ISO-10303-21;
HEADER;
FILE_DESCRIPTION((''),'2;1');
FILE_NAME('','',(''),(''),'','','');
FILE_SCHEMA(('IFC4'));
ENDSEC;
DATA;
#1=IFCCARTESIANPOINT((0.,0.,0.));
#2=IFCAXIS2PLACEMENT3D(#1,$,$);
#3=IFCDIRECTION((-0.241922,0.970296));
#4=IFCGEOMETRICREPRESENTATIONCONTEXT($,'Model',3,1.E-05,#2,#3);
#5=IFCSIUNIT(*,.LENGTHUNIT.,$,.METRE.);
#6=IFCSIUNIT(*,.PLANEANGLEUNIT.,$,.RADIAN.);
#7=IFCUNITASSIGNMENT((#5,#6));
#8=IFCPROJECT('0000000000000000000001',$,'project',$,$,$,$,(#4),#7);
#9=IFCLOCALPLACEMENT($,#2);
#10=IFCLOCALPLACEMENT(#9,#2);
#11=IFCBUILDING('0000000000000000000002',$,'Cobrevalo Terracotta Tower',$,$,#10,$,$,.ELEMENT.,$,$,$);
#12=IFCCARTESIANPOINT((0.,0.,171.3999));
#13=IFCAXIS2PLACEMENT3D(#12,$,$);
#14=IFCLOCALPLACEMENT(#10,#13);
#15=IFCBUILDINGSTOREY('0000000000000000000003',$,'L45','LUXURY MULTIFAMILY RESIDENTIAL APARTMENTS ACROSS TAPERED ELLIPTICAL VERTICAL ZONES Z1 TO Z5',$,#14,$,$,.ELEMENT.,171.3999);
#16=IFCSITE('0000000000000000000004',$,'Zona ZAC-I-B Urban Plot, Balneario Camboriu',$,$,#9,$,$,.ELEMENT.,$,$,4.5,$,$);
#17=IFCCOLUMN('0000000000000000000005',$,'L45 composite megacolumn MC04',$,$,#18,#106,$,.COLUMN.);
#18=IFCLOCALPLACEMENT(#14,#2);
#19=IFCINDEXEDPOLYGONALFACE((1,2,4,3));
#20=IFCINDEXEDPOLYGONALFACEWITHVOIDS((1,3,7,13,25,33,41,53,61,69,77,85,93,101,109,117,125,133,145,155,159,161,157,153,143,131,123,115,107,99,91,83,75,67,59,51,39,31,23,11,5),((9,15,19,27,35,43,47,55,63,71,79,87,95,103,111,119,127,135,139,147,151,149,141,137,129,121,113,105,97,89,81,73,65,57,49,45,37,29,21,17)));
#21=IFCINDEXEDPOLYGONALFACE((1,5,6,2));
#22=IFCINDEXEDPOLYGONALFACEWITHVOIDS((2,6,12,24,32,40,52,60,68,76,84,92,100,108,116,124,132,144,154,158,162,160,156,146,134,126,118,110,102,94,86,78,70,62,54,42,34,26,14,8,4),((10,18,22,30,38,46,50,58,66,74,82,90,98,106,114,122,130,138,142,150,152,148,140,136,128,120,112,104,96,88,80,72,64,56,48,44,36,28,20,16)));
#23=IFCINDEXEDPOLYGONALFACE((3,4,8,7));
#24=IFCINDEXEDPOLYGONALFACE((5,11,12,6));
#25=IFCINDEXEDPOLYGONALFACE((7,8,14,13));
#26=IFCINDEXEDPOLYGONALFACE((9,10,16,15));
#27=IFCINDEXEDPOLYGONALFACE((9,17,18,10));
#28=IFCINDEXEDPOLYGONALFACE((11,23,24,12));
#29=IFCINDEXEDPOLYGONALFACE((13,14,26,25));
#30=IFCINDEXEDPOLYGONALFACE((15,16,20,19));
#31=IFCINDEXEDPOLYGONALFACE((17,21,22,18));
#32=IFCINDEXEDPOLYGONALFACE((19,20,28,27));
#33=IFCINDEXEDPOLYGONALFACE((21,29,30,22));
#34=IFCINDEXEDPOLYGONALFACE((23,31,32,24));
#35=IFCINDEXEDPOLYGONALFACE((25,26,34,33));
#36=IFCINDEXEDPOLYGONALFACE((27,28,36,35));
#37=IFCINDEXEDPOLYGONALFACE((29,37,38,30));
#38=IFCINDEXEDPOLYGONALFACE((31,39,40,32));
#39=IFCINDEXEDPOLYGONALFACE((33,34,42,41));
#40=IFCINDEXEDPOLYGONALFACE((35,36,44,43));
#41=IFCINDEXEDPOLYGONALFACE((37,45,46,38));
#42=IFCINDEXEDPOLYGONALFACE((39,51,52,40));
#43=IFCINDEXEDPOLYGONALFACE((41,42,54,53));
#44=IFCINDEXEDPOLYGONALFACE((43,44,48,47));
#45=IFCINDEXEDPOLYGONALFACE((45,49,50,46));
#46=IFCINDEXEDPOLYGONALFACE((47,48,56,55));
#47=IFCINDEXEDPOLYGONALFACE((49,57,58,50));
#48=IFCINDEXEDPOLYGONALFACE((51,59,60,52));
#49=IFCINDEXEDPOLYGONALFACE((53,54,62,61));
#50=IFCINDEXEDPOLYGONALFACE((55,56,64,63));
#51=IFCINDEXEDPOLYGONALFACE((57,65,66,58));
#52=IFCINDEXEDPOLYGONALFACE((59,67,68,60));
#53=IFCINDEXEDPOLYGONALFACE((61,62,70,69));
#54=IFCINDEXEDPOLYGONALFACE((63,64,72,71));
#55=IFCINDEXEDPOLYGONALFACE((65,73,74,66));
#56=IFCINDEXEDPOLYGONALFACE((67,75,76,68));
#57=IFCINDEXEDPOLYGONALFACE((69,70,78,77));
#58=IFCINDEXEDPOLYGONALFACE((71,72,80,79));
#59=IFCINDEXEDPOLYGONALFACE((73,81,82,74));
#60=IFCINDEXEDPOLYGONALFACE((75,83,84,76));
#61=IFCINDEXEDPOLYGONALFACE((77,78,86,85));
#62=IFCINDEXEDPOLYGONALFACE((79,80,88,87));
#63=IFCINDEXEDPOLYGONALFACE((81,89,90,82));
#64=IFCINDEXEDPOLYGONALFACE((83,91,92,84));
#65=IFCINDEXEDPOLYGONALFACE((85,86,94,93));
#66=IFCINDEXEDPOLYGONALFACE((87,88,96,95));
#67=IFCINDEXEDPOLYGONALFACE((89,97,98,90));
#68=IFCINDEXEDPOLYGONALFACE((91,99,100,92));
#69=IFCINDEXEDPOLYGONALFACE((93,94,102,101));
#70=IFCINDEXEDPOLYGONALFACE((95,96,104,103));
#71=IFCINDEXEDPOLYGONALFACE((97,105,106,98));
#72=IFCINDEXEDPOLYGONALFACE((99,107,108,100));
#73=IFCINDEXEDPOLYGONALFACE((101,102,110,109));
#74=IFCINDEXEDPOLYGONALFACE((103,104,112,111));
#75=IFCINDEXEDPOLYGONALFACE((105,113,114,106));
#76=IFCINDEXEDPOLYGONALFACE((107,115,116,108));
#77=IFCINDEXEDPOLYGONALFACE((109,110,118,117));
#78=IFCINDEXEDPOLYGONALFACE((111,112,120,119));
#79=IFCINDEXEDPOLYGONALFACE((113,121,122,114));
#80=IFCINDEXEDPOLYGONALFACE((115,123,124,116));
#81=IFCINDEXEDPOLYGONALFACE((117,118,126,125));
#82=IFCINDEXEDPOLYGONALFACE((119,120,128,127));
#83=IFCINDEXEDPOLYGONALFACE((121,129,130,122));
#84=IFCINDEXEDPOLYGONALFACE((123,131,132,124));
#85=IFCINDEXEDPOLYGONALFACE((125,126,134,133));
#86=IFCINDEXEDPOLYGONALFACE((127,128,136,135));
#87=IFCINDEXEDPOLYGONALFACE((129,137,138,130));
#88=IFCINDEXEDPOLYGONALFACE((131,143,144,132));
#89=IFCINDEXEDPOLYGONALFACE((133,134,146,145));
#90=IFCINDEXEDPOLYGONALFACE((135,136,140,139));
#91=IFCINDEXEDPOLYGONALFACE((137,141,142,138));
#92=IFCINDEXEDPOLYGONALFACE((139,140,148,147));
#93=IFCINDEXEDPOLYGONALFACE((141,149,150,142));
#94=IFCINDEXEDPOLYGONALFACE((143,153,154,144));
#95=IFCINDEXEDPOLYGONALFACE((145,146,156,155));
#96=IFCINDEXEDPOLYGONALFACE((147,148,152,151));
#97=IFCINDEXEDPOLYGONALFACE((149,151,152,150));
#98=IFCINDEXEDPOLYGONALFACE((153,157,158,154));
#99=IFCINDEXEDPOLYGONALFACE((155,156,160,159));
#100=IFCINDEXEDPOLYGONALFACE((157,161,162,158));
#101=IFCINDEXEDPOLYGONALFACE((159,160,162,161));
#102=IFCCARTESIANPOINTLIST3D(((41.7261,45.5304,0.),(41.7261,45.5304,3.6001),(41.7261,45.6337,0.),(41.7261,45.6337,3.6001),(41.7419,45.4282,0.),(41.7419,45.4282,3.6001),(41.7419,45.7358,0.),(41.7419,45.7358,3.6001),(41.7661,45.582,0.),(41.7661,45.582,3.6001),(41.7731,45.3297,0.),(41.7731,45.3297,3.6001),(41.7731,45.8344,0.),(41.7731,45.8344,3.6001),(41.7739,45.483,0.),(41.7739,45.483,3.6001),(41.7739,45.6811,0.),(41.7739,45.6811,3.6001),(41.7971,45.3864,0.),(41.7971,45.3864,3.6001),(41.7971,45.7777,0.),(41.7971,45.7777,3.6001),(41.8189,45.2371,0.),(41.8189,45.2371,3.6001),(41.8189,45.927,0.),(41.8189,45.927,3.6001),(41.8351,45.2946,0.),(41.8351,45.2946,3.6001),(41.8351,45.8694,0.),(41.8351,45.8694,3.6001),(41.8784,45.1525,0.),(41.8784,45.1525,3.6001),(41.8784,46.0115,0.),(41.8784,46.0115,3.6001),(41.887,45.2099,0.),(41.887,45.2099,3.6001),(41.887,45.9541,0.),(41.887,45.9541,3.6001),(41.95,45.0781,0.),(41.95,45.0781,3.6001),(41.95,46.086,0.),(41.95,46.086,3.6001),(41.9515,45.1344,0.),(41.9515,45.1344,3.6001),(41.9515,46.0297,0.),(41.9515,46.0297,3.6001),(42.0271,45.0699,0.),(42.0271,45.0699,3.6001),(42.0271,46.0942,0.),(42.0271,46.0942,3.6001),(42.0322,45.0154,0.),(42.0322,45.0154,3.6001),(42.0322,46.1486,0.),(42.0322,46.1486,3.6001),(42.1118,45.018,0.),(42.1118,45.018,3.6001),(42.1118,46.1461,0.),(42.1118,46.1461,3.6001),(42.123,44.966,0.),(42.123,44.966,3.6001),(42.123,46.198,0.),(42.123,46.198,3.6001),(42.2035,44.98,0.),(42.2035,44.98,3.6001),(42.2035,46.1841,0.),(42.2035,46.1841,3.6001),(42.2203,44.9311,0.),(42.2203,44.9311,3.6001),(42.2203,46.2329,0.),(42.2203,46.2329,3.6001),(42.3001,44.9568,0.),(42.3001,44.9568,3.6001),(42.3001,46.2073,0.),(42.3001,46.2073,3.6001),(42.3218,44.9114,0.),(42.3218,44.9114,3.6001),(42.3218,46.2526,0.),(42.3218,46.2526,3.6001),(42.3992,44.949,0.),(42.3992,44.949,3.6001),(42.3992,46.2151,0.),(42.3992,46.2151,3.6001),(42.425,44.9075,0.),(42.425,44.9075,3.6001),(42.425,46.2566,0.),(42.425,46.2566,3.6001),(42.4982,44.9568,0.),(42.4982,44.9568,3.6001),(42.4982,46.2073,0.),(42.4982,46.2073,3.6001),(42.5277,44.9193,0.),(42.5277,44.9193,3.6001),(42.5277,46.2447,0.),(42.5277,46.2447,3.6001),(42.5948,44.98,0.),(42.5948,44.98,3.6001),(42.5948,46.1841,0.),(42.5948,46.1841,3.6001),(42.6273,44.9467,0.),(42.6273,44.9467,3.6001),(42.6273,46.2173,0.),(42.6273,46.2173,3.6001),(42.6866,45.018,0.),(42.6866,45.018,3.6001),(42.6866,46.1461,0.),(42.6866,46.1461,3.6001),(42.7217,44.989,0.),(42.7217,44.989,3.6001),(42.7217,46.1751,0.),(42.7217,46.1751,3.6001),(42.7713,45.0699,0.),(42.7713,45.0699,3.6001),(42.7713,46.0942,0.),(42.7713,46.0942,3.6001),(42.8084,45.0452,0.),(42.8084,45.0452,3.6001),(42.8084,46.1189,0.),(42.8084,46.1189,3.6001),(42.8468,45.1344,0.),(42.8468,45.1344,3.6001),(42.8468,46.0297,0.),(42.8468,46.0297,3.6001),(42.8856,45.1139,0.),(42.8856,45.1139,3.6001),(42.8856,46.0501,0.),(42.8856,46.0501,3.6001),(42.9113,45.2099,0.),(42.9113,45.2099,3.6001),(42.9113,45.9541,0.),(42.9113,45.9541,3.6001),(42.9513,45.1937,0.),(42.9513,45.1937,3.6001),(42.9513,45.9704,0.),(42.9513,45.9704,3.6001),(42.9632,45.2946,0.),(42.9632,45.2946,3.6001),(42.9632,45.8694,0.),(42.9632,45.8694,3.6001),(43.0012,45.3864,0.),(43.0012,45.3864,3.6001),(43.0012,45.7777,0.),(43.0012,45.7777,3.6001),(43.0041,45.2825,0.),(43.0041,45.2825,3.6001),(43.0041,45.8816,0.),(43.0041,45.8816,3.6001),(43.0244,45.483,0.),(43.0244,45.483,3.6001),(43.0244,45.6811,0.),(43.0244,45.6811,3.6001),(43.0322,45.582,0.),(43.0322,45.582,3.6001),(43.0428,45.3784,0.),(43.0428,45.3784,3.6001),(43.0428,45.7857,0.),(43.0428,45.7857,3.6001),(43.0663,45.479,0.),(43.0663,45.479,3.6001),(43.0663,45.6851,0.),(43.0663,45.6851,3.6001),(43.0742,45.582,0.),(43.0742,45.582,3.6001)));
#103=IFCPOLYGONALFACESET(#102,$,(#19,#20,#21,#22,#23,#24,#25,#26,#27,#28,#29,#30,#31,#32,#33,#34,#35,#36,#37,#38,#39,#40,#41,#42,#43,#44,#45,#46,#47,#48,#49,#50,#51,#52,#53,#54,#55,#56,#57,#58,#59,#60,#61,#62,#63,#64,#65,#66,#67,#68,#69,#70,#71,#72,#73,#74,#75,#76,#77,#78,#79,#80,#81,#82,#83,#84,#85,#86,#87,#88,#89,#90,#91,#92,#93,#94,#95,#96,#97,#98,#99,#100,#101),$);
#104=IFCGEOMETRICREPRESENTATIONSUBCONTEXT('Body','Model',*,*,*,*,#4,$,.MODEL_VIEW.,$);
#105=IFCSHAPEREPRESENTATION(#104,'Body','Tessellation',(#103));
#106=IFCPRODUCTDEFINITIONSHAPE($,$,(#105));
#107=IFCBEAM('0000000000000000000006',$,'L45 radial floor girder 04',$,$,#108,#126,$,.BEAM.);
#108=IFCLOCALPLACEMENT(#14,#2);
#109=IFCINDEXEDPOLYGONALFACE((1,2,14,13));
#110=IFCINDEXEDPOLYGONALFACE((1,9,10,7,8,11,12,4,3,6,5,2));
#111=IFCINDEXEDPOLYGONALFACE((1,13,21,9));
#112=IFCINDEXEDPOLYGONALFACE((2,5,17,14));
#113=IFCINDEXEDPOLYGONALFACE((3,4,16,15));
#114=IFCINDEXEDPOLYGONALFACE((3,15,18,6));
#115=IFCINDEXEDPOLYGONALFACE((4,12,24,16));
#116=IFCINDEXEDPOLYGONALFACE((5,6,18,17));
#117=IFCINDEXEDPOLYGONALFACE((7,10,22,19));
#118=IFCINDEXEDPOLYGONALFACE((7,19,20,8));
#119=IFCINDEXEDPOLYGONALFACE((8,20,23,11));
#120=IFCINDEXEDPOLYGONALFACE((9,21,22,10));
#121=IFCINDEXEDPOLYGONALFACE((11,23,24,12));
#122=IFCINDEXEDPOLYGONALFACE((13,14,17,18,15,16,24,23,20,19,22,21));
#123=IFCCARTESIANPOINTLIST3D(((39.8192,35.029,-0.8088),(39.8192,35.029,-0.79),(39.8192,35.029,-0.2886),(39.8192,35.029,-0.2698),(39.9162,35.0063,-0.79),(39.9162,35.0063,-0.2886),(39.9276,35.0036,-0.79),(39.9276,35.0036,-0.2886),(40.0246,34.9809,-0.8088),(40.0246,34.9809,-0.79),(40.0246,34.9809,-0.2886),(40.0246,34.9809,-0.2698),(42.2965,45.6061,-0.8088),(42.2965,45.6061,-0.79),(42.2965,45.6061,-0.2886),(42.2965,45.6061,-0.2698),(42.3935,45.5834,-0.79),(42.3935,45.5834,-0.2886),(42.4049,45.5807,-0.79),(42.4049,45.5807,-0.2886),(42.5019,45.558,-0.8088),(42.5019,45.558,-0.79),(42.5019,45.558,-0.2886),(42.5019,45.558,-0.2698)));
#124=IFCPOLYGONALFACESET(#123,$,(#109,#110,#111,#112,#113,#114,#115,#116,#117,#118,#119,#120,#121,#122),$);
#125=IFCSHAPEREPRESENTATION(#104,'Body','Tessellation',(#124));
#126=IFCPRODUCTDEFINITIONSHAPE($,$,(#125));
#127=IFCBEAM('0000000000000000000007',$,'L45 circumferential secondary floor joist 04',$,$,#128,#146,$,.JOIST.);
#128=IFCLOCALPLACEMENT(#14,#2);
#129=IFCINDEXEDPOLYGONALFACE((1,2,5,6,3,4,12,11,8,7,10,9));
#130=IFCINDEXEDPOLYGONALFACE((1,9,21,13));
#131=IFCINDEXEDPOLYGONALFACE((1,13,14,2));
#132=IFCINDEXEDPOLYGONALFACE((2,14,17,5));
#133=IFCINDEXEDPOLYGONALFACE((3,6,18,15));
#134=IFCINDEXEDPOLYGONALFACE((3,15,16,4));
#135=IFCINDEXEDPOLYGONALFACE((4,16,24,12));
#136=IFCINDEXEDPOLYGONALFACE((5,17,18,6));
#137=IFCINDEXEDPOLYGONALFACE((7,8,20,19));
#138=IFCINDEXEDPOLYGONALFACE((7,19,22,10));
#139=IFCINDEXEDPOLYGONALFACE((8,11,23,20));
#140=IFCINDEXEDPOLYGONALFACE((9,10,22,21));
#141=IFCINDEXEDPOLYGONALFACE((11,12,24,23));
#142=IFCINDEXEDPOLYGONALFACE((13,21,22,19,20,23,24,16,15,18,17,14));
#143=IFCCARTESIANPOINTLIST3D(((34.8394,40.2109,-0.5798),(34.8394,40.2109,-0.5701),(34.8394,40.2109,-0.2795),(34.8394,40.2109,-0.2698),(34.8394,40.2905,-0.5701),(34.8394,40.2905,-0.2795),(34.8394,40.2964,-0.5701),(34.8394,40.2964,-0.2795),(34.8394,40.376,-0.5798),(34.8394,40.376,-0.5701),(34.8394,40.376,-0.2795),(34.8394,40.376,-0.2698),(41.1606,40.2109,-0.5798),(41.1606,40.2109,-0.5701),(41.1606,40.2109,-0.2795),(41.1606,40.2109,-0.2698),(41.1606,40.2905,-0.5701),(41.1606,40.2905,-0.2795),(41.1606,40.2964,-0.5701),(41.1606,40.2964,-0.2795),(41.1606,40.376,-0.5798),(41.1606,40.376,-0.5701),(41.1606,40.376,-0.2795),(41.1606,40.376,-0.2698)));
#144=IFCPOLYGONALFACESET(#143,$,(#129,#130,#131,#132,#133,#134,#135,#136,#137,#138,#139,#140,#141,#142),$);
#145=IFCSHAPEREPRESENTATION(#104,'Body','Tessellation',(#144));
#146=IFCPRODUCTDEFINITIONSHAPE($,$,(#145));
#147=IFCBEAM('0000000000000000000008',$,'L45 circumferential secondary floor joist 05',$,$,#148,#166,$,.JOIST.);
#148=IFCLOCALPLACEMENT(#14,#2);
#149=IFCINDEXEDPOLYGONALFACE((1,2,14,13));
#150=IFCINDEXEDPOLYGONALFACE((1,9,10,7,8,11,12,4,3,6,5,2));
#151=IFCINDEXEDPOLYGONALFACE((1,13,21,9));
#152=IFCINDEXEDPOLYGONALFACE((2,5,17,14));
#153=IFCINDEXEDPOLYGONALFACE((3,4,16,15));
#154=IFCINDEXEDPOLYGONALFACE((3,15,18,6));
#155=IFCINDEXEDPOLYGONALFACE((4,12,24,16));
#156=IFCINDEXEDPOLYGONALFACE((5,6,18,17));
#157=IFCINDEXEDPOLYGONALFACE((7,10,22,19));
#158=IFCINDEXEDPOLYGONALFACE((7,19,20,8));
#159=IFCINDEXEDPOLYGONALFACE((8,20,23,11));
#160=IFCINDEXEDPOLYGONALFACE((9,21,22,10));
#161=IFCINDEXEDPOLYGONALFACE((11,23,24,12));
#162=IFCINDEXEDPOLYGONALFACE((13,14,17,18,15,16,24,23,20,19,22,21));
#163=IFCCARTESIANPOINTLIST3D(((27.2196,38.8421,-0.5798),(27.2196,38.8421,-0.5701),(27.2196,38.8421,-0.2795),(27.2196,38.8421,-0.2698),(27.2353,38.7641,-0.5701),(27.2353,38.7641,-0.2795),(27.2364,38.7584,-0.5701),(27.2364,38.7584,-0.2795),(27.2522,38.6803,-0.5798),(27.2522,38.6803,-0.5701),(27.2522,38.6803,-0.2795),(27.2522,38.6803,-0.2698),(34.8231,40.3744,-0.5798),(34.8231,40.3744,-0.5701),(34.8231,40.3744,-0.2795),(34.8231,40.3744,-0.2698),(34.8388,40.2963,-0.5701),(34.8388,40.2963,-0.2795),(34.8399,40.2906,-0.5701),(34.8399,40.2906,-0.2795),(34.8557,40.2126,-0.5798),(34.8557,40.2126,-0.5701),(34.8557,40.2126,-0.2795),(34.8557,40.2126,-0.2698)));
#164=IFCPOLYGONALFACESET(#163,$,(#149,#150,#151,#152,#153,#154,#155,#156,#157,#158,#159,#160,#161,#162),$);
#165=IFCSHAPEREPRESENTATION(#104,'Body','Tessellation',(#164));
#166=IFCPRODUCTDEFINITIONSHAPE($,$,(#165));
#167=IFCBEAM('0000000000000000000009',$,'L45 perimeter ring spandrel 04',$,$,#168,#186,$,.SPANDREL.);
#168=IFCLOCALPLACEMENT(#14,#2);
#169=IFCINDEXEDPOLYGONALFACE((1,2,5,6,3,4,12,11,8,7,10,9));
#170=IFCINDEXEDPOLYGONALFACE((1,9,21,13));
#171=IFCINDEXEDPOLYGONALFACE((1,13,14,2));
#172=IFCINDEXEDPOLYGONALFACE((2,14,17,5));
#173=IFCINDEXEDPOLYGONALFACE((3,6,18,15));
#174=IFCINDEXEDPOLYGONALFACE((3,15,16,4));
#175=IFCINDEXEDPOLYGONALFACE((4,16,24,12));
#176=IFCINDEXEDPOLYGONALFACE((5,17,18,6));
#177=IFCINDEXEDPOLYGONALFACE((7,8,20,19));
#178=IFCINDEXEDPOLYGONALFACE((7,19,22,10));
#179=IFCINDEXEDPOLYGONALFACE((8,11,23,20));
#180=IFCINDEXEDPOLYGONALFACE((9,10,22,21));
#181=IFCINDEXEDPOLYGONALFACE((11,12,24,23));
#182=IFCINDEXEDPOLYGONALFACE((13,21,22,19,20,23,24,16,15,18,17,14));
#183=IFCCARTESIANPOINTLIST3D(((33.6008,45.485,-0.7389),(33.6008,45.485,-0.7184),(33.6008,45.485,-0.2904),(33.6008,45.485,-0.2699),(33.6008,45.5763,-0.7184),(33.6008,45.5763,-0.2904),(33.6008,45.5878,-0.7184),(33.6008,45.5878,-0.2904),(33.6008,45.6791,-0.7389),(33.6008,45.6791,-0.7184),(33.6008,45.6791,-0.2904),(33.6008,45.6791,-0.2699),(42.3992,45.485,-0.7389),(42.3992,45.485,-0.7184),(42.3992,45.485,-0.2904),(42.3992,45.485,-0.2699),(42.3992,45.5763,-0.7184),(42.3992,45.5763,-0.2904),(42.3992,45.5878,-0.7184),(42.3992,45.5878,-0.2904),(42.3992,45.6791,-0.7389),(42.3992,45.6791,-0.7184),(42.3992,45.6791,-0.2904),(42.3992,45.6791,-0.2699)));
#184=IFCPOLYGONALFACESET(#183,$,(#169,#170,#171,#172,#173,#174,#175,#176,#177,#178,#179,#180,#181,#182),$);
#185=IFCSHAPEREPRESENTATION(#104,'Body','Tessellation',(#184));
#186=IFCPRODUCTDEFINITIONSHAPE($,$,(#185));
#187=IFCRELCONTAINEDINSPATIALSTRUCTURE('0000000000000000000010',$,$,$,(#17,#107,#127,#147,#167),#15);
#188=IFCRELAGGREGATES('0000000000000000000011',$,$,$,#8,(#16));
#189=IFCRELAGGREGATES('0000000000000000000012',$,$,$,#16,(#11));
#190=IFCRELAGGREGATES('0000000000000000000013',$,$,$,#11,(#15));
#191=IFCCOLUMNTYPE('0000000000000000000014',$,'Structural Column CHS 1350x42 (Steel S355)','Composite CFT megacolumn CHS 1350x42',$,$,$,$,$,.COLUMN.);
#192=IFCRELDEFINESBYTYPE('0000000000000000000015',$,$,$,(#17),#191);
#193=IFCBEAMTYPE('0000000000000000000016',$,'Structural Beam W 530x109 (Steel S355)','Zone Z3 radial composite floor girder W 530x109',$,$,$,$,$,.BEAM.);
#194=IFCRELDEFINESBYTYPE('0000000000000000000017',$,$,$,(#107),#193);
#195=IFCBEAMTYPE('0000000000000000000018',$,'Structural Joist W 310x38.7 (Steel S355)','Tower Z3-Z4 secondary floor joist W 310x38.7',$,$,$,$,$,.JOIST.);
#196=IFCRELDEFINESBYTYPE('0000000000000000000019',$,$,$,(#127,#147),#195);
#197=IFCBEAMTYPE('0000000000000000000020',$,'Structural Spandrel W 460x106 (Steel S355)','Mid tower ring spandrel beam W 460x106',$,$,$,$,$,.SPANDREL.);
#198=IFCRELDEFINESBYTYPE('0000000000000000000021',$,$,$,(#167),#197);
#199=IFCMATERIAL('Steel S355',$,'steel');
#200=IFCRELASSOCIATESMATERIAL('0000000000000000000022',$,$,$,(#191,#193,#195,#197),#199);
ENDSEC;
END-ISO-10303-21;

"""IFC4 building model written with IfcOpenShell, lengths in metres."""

from ifc_helpers import new_model, si_unit, direction, frame, origin, origin_2d, place, context, subcontext, project, spatial, hollow_circle, i_section, extrude, material, material_profile, profile_set, type_object, element, save


model = new_model("IFC4")

# Units and contexts
model_context = context("Model", 3, precision=1e-05, world=origin(), true_north=direction((-0.241922, 0.970296)))
body_context = subcontext(model_context, "Body", "Model", "MODEL_VIEW")
ifc_project = project(units=[si_unit("LENGTHUNIT", "METRE"), si_unit("PLANEANGLEUNIT", "RADIAN")], contexts=[model_context])

# Site, building, storey
site_placement = place(None, origin())
site = spatial("IfcSite", under=ifc_project, at=site_placement, Name="Zona ZAC-I-B Urban Plot, Balneario Camboriu", CompositionType="ELEMENT", RefElevation=4.5)
building_placement = place(site_placement, origin())
building = spatial("IfcBuilding", under=site, at=building_placement, Name="Cobrevalo Terracotta Tower", CompositionType="ELEMENT")
storey_placement = place(building_placement, frame((0.0, 0.0, 171.3999)))
storey = spatial("IfcBuildingStorey", under=building, at=storey_placement, Name="L45", Description="LUXURY MULTIFAMILY RESIDENTIAL APARTMENTS ACROSS TAPERED ELLIPTICAL VERTICAL ZONES Z1 TO Z5", CompositionType="ELEMENT", Elevation=171.3999)

# Column
ifc_material_1 = material(Name="Steel S355", Category="steel")
ifc_material_profile_1 = material_profile(ifc_material_1, hollow_circle(Radius=0.675, WallThickness=0.042, at=origin_2d()), Name="CHS 1350x42")
ifc_profile_set_1 = profile_set([ifc_material_profile_1], Name="Steel S355")
column_type = type_object("IfcColumnType", Name="Structural Column CHS 1350x42 (Steel S355)", Description="Composite CFT megacolumn CHS 1350x42", PredefinedType="COLUMN", material=ifc_profile_set_1)
column_placement = place(storey_placement, frame((42.3992, 45.582, 0.0), z_axis=(0.0, 0.0, 1.0), x_axis=(1.0, 0.0, 0.0)))
element("IfcColumn", 1, at=column_placement, inside=storey, type_object=column_type, Name="L45 composite megacolumn MC04", PredefinedType="COLUMN", context=body_context, shape_type="SweptSolid", body=[
    extrude(hollow_circle(Radius=0.675, WallThickness=0.042, at=origin_2d()), origin(), (0.0, 0.0, 1.0), 3.6001),
])

# Beams
ifc_material_profile_2 = material_profile(ifc_material_1, i_section(OverallWidth=0.2109, OverallDepth=0.5391, WebThickness=0.0117, FlangeThickness=0.0188, at=origin_2d()), Name="W 530x109")
ifc_profile_set_2 = profile_set([ifc_material_profile_2], Name="Steel S355")
beam_type_1 = type_object("IfcBeamType", Name="Structural Beam W 530x109 (Steel S355)", Description="Zone Z3 radial composite floor girder W 530x109", PredefinedType="BEAM", material=ifc_profile_set_2)
beam_1_placement = place(storey_placement, frame((42.3992, 45.582, -0.5393), z_axis=(-0.228041, -0.973652, 0.0), x_axis=(0.973652, -0.228041, 0.0)))
element("IfcBeam", 2, at=beam_1_placement, inside=storey, type_object=beam_type_1, Name="L45 radial floor girder 04", PredefinedType="BEAM", context=body_context, shape_type="SweptSolid", body=[
    extrude(i_section(OverallWidth=0.2109, OverallDepth=0.5391, WebThickness=0.0117, FlangeThickness=0.0188, at=origin_2d()), origin(), (0.0, 0.0, 1.0), 10.8633),
])
ifc_material_profile_3 = material_profile(ifc_material_1, i_section(OverallWidth=0.165, OverallDepth=0.3101, WebThickness=0.0059, FlangeThickness=0.0098, at=origin_2d()), Name="W 310x38.7")
ifc_profile_set_3 = profile_set([ifc_material_profile_3], Name="Steel S355")
beam_type_2 = type_object("IfcBeamType", Name="Structural Joist W 310x38.7 (Steel S355)", Description="Tower Z3-Z4 secondary floor joist W 310x38.7", PredefinedType="JOIST", material=ifc_profile_set_3)
beam_2_placement = place(storey_placement, frame((41.1606, 40.2935, -0.4248), z_axis=(-1.0, 0.0, 0.0), x_axis=(0.0, -1.0, 0.0)))
element("IfcBeam", 3, at=beam_2_placement, inside=storey, type_object=beam_type_2, Name="L45 circumferential secondary floor joist 04", PredefinedType="JOIST", context=body_context, shape_type="SweptSolid", body=[
    extrude(i_section(OverallWidth=0.165, OverallDepth=0.3101, WebThickness=0.0059, FlangeThickness=0.0098, at=origin_2d()), origin(), (0.0, 0.0, 1.0), 6.3213),
])
beam_3_placement = place(storey_placement, frame((34.8394, 40.2935, -0.4248), z_axis=(-0.980294, -0.197544, 0.0), x_axis=(0.197544, -0.980294, 0.0)))
element("IfcBeam", 4, at=beam_3_placement, inside=storey, type_object=beam_type_2, Name="L45 circumferential secondary floor joist 05", PredefinedType="JOIST", context=body_context, shape_type="SweptSolid", body=[
    extrude(i_section(OverallWidth=0.165, OverallDepth=0.3101, WebThickness=0.0059, FlangeThickness=0.0098, at=origin_2d()), origin(), (0.0, 0.0, 1.0), 7.7563),
])
ifc_material_profile_4 = material_profile(ifc_material_1, i_section(OverallWidth=0.1941, OverallDepth=0.469, WebThickness=0.0115, FlangeThickness=0.0205, at=origin_2d()), Name="W 460x106")
ifc_profile_set_4 = profile_set([ifc_material_profile_4], Name="Steel S355")
beam_type_3 = type_object("IfcBeamType", Name="Structural Spandrel W 460x106 (Steel S355)", Description="Mid tower ring spandrel beam W 460x106", PredefinedType="SPANDREL", material=ifc_profile_set_4)
beam_4_placement = place(storey_placement, frame((42.3992, 45.582, -0.5044), z_axis=(-1.0, 0.0, 0.0), x_axis=(0.0, -1.0, 0.0)))
element("IfcBeam", 5, at=beam_4_placement, inside=storey, type_object=beam_type_3, Name="L45 perimeter ring spandrel 04", PredefinedType="SPANDREL", context=body_context, shape_type="SweptSolid", body=[
    extrude(i_section(OverallWidth=0.1941, OverallDepth=0.469, WebThickness=0.0115, FlangeThickness=0.0205, at=origin_2d()), origin(), (0.0, 0.0, 1.0), 8.7983),
])

save(model, "model.ifc")
